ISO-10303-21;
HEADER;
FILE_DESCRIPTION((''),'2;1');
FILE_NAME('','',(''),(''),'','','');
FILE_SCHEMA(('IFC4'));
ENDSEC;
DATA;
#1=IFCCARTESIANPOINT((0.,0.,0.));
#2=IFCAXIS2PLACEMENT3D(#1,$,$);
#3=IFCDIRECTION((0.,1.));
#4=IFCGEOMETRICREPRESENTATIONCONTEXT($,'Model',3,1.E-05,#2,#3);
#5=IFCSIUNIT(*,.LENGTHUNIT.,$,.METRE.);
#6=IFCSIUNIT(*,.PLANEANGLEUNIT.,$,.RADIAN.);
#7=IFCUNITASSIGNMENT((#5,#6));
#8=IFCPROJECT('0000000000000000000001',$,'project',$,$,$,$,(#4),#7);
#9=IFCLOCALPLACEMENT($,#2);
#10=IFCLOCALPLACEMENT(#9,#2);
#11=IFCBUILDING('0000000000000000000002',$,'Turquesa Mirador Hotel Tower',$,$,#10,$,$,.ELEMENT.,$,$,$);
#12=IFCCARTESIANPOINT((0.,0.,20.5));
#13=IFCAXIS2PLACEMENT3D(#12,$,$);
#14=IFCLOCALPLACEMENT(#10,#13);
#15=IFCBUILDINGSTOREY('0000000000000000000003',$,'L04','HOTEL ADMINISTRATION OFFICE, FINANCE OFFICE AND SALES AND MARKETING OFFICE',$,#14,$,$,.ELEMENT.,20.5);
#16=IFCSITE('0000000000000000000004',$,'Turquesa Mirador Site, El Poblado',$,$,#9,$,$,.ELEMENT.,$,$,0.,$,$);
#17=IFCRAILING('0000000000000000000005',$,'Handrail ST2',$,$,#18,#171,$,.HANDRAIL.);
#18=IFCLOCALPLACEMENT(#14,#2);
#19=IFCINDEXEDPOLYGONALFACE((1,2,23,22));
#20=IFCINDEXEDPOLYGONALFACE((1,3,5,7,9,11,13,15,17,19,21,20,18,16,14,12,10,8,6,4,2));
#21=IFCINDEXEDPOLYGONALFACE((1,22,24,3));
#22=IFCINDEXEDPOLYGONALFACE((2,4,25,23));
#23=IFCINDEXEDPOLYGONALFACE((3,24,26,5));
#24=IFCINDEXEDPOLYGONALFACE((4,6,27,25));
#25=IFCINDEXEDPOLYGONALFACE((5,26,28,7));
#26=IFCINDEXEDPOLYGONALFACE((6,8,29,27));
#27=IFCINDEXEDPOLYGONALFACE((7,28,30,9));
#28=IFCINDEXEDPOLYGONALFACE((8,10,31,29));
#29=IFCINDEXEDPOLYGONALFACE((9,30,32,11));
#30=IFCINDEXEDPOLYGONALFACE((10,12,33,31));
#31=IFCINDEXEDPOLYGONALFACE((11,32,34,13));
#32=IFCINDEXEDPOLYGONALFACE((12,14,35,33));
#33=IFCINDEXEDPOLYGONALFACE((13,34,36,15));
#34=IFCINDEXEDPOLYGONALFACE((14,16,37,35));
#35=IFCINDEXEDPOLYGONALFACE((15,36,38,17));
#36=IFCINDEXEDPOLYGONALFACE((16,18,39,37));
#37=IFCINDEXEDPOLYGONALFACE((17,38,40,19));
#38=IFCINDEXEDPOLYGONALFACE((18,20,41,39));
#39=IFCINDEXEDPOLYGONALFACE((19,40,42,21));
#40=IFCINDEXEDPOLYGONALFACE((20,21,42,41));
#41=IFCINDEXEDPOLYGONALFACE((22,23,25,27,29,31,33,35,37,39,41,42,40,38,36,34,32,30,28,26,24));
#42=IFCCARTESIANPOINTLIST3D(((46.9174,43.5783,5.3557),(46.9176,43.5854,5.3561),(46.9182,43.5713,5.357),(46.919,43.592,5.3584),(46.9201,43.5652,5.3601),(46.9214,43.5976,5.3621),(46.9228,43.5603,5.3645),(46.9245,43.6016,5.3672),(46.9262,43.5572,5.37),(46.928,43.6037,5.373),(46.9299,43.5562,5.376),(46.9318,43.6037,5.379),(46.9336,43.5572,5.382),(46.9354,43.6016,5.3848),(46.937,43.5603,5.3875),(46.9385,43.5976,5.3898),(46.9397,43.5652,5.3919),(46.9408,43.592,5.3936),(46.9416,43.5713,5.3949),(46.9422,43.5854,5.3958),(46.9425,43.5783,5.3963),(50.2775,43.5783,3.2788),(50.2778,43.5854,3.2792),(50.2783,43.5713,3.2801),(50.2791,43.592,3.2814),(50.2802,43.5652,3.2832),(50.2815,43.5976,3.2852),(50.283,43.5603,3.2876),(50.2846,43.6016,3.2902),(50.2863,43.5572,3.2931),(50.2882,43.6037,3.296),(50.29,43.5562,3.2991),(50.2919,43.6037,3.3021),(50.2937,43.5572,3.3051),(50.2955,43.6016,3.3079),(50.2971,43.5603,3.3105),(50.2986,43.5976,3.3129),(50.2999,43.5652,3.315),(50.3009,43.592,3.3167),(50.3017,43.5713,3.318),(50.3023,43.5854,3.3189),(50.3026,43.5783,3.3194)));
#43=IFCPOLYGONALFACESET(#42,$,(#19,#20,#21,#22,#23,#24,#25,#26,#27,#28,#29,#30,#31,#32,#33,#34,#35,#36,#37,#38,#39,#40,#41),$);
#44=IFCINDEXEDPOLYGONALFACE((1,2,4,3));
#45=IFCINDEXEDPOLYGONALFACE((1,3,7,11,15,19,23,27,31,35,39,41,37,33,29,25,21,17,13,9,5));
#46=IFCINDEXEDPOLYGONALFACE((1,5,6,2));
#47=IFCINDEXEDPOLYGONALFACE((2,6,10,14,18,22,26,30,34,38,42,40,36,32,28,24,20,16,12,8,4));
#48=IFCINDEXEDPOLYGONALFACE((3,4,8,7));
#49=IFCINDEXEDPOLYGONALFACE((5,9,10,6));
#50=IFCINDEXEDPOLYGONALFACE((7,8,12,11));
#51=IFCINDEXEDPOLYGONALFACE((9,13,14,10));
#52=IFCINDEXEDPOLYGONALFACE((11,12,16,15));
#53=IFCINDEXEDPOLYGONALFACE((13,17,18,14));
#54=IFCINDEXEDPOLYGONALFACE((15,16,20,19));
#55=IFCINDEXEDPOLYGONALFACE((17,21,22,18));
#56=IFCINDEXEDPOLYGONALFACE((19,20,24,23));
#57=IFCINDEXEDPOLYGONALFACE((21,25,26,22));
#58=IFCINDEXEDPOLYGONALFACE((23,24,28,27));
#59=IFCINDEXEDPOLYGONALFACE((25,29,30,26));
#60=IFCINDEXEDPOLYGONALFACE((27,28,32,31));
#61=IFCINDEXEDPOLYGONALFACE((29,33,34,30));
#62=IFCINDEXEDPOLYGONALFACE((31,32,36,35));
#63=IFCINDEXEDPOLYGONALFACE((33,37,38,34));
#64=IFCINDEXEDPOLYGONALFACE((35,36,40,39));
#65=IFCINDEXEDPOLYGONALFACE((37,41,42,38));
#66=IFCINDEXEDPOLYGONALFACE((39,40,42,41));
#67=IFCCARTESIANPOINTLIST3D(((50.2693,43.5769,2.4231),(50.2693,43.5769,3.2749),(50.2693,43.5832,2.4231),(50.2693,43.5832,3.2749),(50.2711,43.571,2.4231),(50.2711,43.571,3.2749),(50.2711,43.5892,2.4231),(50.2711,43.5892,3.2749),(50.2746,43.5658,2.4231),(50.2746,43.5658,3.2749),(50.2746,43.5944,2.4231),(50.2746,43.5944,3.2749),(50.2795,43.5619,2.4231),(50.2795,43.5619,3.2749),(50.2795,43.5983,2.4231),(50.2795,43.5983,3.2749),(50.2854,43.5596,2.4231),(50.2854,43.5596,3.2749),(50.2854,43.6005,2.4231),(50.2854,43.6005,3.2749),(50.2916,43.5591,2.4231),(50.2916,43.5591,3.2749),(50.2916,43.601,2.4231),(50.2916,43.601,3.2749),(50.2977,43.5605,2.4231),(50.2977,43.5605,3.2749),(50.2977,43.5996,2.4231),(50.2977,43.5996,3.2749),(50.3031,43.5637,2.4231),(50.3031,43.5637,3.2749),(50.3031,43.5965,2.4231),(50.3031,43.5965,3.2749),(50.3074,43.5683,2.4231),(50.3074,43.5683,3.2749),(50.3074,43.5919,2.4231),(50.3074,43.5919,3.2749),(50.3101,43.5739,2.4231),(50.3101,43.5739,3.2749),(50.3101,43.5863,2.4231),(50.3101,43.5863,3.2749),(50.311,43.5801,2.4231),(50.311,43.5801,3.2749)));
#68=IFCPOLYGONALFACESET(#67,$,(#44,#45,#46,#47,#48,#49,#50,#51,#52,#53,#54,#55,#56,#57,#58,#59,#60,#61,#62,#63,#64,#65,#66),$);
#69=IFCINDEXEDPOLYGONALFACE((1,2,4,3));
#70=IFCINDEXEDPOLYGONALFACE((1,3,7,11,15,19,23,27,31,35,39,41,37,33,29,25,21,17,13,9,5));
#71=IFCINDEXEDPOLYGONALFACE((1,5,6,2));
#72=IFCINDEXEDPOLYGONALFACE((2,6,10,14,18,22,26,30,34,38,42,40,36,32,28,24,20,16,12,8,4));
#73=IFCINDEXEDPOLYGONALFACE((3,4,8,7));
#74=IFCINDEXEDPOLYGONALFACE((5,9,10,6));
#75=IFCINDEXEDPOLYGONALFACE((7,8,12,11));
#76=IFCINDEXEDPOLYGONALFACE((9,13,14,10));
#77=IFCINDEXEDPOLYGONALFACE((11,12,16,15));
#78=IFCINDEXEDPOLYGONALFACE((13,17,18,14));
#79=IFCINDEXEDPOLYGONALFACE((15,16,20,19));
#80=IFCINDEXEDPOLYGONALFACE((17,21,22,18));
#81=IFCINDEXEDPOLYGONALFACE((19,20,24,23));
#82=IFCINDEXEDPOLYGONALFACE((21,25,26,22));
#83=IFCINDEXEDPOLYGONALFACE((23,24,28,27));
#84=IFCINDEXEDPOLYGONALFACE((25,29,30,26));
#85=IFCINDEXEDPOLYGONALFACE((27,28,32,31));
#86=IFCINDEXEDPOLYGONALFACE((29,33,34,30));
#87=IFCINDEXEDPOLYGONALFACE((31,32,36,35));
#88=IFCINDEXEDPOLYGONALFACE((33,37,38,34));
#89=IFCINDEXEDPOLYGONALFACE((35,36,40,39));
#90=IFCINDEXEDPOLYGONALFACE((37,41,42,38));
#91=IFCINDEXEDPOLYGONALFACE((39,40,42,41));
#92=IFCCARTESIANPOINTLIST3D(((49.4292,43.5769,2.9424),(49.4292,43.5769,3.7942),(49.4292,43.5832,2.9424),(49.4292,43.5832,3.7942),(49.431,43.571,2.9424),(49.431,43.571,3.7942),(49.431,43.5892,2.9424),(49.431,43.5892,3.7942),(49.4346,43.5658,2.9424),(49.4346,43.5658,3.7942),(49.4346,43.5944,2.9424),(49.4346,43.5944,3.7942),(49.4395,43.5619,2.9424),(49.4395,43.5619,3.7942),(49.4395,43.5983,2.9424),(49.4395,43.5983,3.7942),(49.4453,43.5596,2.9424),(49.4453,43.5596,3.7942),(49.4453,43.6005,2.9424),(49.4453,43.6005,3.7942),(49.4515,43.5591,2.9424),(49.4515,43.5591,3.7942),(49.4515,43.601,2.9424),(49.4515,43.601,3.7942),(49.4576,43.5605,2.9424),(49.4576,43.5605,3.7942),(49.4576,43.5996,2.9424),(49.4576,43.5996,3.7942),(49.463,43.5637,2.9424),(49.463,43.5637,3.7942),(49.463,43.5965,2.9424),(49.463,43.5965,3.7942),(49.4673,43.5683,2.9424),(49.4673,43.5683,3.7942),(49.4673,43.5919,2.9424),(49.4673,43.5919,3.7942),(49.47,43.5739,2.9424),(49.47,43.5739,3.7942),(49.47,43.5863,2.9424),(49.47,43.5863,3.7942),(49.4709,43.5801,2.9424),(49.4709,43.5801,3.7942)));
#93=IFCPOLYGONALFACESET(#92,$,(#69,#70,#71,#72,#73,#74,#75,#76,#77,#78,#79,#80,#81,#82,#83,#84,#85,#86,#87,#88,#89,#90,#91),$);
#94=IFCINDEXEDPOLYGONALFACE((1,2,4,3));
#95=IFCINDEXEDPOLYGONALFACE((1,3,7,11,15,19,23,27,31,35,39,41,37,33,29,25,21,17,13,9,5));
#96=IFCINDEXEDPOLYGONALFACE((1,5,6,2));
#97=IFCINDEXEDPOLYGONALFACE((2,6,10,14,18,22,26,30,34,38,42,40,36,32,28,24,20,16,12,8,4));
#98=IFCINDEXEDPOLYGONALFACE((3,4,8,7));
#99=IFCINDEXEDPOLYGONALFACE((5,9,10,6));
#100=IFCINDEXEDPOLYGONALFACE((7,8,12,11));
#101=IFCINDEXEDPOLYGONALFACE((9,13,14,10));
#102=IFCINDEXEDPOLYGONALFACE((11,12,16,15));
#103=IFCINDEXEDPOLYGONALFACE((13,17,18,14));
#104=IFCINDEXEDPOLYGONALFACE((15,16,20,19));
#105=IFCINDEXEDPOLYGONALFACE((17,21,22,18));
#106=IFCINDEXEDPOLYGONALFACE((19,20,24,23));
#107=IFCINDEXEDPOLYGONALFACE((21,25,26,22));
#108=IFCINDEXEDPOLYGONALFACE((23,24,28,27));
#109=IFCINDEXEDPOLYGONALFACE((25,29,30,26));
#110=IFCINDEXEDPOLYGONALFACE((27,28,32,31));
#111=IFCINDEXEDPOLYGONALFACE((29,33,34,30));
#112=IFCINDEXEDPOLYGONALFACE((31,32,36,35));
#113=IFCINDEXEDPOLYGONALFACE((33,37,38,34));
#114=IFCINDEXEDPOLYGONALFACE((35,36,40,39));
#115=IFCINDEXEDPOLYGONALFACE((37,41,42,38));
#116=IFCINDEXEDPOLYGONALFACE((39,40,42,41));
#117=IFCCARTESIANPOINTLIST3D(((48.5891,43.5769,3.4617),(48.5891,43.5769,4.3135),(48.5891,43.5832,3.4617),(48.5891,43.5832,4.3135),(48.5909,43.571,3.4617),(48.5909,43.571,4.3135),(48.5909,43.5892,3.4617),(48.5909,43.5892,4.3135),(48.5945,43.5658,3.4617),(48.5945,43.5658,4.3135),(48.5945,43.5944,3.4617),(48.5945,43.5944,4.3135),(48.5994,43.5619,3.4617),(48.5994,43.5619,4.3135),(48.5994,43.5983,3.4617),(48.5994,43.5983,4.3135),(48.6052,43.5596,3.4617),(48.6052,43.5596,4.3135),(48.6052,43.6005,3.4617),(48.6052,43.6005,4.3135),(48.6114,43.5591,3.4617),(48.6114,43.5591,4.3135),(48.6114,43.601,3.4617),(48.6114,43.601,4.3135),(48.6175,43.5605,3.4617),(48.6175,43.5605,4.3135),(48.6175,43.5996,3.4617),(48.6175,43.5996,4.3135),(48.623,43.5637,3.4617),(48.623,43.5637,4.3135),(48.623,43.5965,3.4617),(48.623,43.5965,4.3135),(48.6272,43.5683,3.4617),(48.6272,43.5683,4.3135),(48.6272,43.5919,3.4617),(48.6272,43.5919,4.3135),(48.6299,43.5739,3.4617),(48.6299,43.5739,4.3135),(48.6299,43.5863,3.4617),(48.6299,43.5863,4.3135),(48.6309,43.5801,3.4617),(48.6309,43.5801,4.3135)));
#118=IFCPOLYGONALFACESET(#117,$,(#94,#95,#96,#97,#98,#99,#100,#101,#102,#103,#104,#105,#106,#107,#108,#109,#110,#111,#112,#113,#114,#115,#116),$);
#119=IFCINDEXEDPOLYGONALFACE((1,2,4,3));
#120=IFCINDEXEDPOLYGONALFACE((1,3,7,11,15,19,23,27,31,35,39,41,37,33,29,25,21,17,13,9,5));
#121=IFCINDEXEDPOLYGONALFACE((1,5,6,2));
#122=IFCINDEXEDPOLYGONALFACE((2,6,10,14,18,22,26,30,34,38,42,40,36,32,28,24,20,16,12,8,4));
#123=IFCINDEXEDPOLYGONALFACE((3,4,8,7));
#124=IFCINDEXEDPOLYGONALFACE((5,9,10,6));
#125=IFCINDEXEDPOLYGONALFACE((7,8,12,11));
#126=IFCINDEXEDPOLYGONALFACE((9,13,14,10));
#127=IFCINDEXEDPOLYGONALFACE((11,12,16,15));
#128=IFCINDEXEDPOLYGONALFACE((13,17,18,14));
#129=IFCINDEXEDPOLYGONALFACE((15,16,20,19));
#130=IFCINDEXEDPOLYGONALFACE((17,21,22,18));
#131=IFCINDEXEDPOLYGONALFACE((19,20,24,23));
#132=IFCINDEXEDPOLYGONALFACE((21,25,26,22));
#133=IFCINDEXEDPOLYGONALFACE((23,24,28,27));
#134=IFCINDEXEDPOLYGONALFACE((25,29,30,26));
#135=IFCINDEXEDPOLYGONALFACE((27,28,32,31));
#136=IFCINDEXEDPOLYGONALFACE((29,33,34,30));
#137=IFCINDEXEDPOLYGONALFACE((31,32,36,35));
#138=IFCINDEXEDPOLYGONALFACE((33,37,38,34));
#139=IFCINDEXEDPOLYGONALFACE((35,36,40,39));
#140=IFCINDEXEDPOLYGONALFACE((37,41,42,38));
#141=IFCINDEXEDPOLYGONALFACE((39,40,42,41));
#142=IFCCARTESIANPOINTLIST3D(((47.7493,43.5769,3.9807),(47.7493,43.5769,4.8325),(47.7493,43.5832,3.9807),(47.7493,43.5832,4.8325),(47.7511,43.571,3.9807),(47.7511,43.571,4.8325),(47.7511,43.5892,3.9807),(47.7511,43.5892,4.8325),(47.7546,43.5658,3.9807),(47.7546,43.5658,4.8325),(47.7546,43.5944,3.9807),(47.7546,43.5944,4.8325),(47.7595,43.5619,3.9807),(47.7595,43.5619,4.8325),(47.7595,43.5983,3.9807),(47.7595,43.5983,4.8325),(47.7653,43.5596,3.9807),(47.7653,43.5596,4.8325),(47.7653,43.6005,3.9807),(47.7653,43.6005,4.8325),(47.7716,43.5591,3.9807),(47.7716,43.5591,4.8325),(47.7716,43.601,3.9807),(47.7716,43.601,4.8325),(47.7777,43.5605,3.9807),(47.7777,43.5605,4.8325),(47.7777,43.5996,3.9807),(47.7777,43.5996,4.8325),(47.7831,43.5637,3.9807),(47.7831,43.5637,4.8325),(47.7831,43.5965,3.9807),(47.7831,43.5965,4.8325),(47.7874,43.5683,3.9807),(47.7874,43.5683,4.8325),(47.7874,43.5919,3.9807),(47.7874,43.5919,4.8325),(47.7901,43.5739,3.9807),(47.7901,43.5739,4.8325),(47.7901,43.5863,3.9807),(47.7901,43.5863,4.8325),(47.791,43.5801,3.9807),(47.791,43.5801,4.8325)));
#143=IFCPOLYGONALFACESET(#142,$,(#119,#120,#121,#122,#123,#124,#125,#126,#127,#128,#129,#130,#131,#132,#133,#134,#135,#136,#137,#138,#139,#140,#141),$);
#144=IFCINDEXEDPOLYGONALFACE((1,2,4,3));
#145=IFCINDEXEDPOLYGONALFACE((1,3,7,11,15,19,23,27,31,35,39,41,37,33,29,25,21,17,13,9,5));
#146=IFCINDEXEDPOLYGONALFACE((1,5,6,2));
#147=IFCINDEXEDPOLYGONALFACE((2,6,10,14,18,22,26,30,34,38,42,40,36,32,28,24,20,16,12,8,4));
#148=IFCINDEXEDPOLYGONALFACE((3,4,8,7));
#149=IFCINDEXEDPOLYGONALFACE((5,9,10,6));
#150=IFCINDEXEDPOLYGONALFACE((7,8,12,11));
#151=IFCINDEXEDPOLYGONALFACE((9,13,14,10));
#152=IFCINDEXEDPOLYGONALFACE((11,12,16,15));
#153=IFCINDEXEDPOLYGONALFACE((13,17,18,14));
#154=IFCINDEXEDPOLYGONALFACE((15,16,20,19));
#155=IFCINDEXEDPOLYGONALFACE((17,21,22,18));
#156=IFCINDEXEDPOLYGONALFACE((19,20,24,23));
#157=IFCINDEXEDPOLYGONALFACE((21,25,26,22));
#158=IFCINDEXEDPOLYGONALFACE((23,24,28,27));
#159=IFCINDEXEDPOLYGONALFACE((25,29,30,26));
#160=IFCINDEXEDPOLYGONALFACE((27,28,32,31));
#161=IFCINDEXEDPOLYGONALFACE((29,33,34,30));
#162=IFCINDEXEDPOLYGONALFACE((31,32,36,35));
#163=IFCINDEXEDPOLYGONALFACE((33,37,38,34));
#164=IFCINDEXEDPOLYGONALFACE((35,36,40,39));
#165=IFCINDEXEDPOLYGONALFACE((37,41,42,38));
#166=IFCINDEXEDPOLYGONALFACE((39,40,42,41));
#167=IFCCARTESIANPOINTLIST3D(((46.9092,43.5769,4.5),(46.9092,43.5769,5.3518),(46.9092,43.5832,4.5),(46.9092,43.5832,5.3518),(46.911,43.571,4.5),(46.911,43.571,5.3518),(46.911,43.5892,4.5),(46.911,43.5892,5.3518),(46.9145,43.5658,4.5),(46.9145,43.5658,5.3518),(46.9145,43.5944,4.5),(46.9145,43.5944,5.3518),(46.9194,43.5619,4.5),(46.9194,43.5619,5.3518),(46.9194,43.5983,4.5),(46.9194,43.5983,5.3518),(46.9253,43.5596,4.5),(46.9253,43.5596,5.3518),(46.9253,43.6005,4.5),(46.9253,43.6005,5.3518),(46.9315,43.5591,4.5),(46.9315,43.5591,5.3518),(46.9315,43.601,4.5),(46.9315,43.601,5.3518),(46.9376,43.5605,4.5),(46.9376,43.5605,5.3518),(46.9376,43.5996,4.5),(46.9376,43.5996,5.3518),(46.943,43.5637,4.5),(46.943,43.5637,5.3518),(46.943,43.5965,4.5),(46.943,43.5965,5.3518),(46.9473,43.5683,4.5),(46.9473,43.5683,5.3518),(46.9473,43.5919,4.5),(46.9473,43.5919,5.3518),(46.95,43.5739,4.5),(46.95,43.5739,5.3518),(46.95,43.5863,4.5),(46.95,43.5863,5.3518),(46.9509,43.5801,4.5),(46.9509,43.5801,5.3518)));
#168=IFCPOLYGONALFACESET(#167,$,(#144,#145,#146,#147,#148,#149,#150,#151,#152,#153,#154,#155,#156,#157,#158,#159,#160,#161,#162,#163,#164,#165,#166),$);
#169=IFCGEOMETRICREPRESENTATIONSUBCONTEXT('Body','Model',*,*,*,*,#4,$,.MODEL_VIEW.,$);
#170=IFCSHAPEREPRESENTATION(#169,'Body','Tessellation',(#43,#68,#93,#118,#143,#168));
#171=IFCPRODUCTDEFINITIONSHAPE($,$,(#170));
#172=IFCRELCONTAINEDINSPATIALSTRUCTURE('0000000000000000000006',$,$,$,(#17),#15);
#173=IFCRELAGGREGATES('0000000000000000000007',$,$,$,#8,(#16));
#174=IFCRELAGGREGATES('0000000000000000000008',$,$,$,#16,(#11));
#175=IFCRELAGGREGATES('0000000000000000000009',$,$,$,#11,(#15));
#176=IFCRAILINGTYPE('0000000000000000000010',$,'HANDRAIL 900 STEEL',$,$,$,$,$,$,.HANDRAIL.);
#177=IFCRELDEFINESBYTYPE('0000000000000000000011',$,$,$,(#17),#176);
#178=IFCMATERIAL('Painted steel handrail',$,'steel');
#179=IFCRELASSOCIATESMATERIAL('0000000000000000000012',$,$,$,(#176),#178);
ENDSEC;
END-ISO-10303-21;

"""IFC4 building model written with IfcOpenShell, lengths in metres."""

from ifc_helpers import new_model, si_unit, direction, frame, origin, origin_2d, place, context, subcontext, project, spatial, circle, extrude, material, type_object, element, save


model = new_model("IFC4")

# Units and contexts
model_context = context("Model", 3, precision=1e-05, world=origin(), true_north=direction((0.0, 1.0)))
body_context = subcontext(model_context, "Body", "Model", "MODEL_VIEW")
ifc_project = project(units=[si_unit("LENGTHUNIT", "METRE"), si_unit("PLANEANGLEUNIT", "RADIAN")], contexts=[model_context])

# Site, building, storey
site_placement = place(None, origin())
site = spatial("IfcSite", under=ifc_project, at=site_placement, Name="Turquesa Mirador Site, El Poblado", CompositionType="ELEMENT", RefElevation=0.0)
building_placement = place(site_placement, origin())
building = spatial("IfcBuilding", under=site, at=building_placement, Name="Turquesa Mirador Hotel Tower", CompositionType="ELEMENT")
storey_placement = place(building_placement, frame((0.0, 0.0, 20.5)))
storey = spatial("IfcBuildingStorey", under=building, at=storey_placement, Name="L04", Description="HOTEL ADMINISTRATION OFFICE, FINANCE OFFICE AND SALES AND MARKETING OFFICE", CompositionType="ELEMENT", Elevation=20.5)

# Railing
ifc_material_1 = material(Name="Painted steel handrail", Category="steel")
railing_type = type_object("IfcRailingType", Name="HANDRAIL 900 STEEL", PredefinedType="HANDRAIL", material=ifc_material_1)
railing_1_placement = place(storey_placement, frame((50.29, 43.5801, 2.4231)))
element("IfcRailing", 1, at=railing_1_placement, inside=storey, type_object=railing_type, Name="Handrail ST2", PredefinedType="HANDRAIL", context=body_context, shape_type="SweptSolid", body=[
    extrude(circle(Radius=0.0239, at=origin_2d()), frame((0.0, 0.0, 0.876), z_axis=(-0.850623, 0.0, 0.525776), x_axis=(0.0, -1.0, 0.0)), (0.0, 0.0, 1.0), 3.9502),
    extrude(circle(Radius=0.021, at=origin_2d()), origin(), (0.0, 0.0, 1.0), 0.8518),
    extrude(circle(Radius=0.021, at=origin_2d()), frame((-0.8401, 0.0, 0.5193)), (0.0, 0.0, 1.0), 0.8518),
    extrude(circle(Radius=0.021, at=origin_2d()), frame((-1.6802, 0.0, 1.0386)), (0.0, 0.0, 1.0), 0.8518),
    extrude(circle(Radius=0.021, at=origin_2d()), frame((-2.52, 0.0, 1.5576)), (0.0, 0.0, 1.0), 0.8518),
    extrude(circle(Radius=0.021, at=origin_2d()), frame((-3.3601, 0.0, 2.0769)), (0.0, 0.0, 1.0), 0.8518),
])

save(model, "model.ifc")
